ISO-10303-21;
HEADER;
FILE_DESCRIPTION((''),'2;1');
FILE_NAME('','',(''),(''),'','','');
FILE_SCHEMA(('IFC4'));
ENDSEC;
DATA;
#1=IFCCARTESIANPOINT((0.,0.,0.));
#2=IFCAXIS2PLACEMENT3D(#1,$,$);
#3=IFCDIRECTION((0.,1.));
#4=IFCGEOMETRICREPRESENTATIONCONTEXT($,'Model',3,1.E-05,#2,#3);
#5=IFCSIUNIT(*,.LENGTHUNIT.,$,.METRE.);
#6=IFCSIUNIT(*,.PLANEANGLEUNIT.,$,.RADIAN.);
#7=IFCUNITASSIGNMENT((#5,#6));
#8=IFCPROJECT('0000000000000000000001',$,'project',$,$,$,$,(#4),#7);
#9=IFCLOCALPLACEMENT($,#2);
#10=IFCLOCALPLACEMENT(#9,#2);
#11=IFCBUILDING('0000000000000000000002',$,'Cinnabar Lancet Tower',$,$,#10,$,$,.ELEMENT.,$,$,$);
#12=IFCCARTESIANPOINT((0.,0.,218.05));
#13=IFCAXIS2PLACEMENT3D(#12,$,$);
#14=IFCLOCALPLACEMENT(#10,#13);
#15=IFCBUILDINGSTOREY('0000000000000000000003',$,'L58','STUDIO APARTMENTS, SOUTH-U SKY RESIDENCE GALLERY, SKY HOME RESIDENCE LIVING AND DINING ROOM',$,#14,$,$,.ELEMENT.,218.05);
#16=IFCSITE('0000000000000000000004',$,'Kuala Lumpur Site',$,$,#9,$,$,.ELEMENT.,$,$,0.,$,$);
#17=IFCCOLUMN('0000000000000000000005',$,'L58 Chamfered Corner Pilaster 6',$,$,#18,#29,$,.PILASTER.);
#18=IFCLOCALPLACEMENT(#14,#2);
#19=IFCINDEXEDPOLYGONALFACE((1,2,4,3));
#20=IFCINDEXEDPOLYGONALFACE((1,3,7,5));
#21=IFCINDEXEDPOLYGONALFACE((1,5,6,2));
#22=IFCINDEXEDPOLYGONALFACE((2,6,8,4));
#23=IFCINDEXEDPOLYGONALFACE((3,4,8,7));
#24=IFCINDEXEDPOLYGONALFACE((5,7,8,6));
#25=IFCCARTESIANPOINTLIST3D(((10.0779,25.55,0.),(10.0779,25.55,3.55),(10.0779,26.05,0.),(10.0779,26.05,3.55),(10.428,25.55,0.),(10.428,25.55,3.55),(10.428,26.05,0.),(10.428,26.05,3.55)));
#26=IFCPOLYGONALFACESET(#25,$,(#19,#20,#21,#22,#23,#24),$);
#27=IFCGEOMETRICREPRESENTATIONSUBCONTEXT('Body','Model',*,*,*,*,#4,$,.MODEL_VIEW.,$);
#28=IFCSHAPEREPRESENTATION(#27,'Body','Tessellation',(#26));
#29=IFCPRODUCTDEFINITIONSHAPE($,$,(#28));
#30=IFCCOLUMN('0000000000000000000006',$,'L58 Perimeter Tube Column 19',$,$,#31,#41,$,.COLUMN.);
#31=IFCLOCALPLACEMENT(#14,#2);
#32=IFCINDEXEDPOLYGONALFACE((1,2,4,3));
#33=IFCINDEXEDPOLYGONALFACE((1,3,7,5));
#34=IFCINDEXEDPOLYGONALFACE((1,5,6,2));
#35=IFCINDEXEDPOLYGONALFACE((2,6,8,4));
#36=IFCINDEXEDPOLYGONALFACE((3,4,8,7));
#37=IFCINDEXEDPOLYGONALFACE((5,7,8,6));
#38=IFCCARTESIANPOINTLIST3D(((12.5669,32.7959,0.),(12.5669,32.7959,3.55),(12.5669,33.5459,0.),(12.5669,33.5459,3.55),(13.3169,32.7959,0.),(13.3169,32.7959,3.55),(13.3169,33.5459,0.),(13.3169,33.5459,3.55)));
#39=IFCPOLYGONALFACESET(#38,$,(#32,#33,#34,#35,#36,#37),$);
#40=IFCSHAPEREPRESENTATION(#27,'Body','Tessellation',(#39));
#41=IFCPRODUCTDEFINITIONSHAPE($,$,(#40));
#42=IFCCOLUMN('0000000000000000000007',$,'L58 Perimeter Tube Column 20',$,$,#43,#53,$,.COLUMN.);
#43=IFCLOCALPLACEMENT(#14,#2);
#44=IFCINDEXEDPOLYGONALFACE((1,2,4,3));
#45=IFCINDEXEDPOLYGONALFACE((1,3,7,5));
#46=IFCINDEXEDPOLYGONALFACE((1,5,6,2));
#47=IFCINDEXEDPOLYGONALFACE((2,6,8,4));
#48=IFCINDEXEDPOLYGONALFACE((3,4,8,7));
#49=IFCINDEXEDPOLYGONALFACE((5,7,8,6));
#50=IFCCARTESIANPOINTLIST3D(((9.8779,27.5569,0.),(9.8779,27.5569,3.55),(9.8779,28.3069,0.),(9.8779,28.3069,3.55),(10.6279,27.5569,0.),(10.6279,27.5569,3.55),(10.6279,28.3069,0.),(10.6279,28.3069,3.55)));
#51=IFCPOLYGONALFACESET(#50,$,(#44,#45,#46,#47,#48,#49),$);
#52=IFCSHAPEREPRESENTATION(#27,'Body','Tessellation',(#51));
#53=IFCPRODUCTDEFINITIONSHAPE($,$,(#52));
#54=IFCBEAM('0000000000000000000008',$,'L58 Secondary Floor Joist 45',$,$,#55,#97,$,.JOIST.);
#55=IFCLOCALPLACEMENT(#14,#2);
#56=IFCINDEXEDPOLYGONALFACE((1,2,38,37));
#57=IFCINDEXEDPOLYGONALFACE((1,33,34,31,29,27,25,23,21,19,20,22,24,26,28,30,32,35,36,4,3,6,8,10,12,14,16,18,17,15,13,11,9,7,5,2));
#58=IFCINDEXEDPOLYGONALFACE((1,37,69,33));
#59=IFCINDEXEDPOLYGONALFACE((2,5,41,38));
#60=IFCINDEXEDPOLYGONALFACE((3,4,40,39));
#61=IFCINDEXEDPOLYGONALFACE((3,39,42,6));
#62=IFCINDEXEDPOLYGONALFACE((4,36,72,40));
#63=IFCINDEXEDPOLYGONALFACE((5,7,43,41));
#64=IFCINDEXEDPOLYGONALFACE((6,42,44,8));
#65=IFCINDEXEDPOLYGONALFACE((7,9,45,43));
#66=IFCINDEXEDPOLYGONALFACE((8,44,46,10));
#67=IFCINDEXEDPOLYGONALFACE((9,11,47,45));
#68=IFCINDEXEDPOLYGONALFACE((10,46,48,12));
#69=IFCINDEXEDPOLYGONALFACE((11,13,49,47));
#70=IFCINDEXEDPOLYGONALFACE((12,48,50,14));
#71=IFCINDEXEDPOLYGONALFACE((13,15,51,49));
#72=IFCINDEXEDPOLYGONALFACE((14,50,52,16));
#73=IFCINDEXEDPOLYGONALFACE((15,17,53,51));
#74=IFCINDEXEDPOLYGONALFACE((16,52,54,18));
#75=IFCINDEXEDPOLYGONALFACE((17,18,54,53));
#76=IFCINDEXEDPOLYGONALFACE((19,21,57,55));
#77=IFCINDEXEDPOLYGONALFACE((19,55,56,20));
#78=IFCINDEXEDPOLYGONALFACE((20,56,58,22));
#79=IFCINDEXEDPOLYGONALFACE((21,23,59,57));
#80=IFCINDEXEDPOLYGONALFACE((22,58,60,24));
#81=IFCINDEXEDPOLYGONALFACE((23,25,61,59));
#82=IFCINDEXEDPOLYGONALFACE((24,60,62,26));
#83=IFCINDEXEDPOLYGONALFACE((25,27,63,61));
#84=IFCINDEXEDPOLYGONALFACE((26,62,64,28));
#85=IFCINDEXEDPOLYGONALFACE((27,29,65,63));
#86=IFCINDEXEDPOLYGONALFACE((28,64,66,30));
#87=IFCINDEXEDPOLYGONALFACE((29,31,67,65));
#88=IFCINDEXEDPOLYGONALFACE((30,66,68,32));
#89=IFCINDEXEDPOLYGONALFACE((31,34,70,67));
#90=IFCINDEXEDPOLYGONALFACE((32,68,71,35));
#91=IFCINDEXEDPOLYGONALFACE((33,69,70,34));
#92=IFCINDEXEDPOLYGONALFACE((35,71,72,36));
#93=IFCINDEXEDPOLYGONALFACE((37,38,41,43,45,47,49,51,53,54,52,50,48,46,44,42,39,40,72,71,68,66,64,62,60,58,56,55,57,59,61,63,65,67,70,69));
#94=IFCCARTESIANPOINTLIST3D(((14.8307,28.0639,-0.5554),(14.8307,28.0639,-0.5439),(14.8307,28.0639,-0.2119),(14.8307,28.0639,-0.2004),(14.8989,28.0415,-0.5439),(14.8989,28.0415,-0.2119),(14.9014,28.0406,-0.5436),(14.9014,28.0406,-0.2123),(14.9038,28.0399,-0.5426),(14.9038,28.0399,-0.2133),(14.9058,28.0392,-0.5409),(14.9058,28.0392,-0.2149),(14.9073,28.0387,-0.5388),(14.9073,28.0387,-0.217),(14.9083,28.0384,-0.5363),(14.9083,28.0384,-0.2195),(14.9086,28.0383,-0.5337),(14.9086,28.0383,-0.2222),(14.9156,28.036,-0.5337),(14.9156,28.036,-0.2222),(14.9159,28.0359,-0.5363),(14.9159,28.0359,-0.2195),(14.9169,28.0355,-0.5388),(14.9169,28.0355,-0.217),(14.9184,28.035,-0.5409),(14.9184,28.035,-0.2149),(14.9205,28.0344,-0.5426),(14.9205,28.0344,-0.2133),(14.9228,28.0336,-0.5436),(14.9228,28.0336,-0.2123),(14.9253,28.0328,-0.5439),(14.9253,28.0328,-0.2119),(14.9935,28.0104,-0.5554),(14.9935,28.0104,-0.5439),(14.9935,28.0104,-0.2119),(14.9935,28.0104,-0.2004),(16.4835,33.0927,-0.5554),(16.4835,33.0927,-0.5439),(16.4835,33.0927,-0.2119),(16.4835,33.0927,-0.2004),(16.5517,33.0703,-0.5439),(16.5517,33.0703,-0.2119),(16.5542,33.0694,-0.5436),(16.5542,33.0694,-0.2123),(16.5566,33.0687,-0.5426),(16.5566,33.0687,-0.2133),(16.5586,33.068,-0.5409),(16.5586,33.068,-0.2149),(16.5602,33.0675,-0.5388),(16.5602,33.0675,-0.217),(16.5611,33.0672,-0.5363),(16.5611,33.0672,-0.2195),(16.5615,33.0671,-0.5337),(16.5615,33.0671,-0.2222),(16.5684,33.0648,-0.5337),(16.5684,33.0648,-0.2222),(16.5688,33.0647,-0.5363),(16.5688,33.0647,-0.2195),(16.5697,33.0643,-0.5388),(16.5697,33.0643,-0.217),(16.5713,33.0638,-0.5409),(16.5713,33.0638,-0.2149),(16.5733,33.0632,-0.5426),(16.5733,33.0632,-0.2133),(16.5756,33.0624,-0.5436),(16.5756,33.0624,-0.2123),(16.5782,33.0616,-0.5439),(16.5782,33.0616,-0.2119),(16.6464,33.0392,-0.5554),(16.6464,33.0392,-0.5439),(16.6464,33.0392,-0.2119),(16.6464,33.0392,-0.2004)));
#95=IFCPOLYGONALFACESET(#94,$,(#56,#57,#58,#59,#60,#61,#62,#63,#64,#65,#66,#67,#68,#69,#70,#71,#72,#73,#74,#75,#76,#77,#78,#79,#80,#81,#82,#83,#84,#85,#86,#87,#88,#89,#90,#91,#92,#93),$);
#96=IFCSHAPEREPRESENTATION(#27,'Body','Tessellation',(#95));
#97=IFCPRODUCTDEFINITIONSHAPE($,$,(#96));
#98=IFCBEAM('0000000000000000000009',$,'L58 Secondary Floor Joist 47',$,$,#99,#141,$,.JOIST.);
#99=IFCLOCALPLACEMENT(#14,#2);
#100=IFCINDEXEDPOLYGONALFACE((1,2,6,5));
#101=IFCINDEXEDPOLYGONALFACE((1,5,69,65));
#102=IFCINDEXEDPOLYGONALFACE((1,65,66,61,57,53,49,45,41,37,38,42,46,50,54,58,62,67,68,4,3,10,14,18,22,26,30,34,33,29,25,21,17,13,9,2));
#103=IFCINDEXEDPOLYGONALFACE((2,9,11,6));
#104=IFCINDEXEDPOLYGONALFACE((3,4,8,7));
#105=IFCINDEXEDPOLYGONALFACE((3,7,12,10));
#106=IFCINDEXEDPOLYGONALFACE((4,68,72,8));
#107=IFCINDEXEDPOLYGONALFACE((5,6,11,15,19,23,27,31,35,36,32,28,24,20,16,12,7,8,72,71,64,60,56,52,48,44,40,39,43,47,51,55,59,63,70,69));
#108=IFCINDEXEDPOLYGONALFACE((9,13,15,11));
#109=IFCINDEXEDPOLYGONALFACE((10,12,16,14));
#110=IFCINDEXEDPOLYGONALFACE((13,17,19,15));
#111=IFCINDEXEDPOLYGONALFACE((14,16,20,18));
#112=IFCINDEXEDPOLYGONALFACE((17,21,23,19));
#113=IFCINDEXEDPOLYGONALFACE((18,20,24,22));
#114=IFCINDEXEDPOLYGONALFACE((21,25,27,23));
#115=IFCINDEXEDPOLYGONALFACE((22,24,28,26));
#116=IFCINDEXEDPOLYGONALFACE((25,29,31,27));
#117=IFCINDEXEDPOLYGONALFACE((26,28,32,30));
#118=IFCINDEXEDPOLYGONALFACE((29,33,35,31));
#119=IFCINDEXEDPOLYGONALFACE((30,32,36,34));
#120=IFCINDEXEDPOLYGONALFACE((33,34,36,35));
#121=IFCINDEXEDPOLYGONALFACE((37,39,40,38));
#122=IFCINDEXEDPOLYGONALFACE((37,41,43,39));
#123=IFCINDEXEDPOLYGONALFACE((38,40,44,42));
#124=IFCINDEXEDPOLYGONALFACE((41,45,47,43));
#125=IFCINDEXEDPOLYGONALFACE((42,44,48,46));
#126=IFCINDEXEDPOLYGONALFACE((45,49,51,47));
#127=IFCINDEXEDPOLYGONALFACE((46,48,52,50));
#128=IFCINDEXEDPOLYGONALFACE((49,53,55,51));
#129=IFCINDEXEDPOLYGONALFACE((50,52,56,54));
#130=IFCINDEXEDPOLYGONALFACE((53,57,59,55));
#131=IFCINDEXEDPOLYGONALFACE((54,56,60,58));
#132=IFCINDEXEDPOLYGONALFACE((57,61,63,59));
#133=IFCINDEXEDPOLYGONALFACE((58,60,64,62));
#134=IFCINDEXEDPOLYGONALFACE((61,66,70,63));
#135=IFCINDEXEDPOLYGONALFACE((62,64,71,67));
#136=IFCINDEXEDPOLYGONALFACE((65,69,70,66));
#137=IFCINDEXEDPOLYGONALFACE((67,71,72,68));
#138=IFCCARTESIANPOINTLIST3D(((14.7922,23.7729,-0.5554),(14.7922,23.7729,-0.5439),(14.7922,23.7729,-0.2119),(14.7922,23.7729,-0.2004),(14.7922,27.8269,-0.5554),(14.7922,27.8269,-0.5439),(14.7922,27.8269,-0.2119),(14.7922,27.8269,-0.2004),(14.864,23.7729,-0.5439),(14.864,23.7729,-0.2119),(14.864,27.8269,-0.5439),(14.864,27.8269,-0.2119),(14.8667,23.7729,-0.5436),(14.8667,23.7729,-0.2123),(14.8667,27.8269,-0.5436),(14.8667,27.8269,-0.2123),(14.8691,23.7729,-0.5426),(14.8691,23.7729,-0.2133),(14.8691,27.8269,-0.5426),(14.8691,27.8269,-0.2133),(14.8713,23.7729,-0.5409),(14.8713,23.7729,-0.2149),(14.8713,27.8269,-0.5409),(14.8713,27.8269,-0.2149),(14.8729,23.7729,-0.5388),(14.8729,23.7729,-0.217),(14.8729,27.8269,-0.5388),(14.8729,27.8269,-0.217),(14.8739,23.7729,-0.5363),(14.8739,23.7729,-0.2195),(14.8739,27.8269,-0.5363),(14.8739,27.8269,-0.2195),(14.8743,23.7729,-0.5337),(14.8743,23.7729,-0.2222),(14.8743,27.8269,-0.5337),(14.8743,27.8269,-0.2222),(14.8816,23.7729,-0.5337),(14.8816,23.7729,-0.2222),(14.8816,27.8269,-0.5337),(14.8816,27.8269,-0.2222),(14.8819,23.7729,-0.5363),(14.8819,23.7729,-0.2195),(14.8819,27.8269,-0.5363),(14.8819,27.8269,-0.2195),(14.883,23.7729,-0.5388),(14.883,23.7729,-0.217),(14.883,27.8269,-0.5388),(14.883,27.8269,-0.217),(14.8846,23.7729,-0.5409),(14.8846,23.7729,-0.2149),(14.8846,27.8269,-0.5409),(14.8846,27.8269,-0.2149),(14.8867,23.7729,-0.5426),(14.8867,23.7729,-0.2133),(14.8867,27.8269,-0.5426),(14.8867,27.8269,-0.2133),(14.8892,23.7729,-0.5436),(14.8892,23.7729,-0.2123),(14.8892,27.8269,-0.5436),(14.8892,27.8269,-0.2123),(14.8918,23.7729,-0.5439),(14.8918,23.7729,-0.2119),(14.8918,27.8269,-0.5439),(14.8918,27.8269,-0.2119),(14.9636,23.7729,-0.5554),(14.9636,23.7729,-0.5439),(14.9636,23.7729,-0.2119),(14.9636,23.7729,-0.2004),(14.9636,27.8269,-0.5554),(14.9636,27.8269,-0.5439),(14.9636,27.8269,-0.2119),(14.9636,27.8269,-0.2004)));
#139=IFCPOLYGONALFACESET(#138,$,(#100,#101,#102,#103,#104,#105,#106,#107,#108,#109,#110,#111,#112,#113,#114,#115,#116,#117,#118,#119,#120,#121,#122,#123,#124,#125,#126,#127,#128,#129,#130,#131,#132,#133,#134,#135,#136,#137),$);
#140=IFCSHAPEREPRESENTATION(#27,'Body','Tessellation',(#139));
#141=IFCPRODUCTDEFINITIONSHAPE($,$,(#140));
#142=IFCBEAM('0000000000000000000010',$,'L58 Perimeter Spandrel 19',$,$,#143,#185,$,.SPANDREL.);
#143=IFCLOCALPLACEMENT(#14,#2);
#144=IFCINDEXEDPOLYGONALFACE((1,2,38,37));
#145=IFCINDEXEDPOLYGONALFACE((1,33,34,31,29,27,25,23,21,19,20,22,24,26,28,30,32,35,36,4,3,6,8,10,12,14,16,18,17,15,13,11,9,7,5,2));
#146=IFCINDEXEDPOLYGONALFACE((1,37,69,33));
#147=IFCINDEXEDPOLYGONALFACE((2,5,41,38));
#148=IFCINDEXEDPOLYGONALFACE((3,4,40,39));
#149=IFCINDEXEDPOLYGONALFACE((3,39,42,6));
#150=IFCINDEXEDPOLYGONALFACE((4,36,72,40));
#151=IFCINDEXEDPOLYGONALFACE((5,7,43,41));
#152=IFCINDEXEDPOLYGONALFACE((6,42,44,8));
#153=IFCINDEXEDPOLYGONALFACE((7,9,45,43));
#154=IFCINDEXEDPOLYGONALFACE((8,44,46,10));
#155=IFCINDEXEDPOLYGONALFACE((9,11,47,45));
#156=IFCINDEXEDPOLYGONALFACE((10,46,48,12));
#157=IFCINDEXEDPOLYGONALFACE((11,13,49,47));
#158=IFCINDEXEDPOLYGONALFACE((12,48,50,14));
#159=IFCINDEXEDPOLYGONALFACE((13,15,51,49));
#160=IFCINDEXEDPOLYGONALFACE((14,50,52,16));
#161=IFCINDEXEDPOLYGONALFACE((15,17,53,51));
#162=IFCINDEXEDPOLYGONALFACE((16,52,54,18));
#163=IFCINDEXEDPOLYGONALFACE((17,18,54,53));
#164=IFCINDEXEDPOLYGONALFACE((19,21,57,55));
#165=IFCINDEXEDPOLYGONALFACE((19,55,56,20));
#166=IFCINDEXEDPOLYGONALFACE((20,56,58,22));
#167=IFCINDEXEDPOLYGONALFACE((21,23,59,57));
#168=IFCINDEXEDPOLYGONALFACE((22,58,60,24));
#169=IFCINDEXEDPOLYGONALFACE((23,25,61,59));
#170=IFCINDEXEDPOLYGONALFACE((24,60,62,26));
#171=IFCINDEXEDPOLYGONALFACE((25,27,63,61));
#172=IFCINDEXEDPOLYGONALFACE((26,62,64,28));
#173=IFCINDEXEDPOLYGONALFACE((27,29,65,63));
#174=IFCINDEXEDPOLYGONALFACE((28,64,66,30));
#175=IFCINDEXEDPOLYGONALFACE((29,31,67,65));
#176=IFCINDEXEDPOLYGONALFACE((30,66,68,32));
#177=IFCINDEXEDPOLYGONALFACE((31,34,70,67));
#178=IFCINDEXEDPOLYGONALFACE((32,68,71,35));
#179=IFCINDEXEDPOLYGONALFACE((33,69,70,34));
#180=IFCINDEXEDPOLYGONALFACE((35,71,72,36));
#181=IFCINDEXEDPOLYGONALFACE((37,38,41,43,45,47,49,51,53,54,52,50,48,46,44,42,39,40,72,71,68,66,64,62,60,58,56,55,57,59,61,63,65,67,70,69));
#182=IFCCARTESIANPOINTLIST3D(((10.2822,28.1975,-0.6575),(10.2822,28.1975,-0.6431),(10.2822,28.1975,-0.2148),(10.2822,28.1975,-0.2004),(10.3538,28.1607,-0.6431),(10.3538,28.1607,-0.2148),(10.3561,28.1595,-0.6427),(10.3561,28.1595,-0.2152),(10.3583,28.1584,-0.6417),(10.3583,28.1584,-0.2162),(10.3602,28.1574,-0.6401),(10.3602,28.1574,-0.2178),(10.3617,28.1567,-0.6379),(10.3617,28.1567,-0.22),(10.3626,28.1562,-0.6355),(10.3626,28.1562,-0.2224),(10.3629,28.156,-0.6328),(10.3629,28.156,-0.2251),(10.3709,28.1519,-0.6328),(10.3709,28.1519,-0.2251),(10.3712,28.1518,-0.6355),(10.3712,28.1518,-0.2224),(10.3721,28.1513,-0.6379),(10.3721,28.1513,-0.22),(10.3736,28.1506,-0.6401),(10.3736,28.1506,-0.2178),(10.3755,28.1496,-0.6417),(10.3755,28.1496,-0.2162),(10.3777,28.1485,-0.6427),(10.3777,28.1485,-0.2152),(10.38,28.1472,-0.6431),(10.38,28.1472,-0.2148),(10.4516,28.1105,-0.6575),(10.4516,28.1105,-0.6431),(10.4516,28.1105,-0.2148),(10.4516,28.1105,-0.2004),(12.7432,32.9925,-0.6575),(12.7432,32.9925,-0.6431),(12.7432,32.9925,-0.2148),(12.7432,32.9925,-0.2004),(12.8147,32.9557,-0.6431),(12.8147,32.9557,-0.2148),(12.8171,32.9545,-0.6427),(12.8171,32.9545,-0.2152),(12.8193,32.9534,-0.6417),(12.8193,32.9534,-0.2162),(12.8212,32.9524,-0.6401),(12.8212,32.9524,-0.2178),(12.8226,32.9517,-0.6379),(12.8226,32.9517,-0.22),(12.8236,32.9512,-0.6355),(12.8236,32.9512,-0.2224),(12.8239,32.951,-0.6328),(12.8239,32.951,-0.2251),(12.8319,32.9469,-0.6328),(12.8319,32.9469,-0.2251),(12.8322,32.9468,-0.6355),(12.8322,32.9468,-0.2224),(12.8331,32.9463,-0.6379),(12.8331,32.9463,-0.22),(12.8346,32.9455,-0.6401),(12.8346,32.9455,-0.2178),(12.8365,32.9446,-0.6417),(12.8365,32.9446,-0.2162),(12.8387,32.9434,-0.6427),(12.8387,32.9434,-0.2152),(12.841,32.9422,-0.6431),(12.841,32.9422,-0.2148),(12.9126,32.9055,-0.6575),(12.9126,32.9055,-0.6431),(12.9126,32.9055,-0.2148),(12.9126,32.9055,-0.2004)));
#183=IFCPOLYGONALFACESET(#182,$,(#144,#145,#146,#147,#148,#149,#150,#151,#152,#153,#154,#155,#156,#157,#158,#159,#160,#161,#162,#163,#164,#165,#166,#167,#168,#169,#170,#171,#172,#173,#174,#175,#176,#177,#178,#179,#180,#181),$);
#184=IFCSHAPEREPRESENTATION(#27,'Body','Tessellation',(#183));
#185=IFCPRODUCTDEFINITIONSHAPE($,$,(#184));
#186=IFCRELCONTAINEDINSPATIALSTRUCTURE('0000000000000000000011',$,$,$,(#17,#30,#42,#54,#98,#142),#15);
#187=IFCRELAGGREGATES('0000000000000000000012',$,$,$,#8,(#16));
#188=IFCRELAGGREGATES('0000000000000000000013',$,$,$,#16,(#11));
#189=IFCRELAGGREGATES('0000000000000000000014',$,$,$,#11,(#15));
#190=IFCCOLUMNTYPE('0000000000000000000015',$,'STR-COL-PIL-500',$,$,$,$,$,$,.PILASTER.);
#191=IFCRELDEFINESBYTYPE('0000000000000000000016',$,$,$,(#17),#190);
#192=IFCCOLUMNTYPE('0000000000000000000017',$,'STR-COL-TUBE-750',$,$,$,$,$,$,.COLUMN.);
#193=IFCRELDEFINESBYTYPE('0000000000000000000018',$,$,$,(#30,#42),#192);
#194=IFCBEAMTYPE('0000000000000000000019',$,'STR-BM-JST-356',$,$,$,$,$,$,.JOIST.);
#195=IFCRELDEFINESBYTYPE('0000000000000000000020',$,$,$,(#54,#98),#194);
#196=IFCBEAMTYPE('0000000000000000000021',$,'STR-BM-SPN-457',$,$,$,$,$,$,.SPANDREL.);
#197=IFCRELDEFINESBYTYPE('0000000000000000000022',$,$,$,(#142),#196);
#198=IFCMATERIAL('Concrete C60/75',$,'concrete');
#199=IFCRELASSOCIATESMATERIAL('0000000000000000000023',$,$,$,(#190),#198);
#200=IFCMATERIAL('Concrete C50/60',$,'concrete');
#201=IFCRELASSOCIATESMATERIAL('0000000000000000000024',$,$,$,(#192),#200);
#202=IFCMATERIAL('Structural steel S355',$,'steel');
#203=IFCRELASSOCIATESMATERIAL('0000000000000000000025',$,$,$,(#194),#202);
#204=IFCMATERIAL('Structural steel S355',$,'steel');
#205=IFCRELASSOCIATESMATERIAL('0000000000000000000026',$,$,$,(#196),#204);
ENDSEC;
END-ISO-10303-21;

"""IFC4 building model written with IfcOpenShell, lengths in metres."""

from ifc_helpers import new_model, si_unit, direction, frame, origin, origin_2d, place, context, subcontext, project, spatial, rectangle, i_section, extrude, material, material_profile, profile_set, type_object, element, save


model = new_model("IFC4")

# Units and contexts
model_context = context("Model", 3, precision=1e-05, world=origin(), true_north=direction((0.0, 1.0)))
body_context = subcontext(model_context, "Body", "Model", "MODEL_VIEW")
ifc_project = project(units=[si_unit("LENGTHUNIT", "METRE"), si_unit("PLANEANGLEUNIT", "RADIAN")], contexts=[model_context])

# Site, building, storey
site_placement = place(None, origin())
site = spatial("IfcSite", under=ifc_project, at=site_placement, Name="Kuala Lumpur Site", CompositionType="ELEMENT", RefElevation=0.0)
building_placement = place(site_placement, origin())
building = spatial("IfcBuilding", under=site, at=building_placement, Name="Cinnabar Lancet Tower", CompositionType="ELEMENT")
storey_placement = place(building_placement, frame((0.0, 0.0, 218.05)))
storey = spatial("IfcBuildingStorey", under=building, at=storey_placement, Name="L58", Description="STUDIO APARTMENTS, SOUTH-U SKY RESIDENCE GALLERY, SKY HOME RESIDENCE LIVING AND DINING ROOM", CompositionType="ELEMENT", Elevation=218.05)

# Columns
ifc_material_1 = material(Name="Concrete C60/75", Category="concrete")
ifc_material_profile_1 = material_profile(ifc_material_1, rectangle(XDim=0.5, YDim=0.3501, at=origin_2d()), Name="RC-PIL 500x350")
ifc_profile_set_1 = profile_set([ifc_material_profile_1], Name="Concrete C60/75")
column_type_1 = type_object("IfcColumnType", Name="STR-COL-PIL-500", PredefinedType="PILASTER", material=ifc_profile_set_1)
column_placement = place(storey_placement, frame((10.2529, 25.8, 0.0), z_axis=(0.0, 0.0, 1.0), x_axis=(0.0, -1.0, 0.0)))
element("IfcColumn", 1, at=column_placement, inside=storey, type_object=column_type_1, Name="L58 Chamfered Corner Pilaster 6", PredefinedType="PILASTER", context=body_context, shape_type="SweptSolid", body=[
    extrude(rectangle(XDim=0.5, YDim=0.3501, at=origin_2d()), origin(), (0.0, 0.0, 1.0), 3.55),
])
ifc_material_2 = material(Name="Concrete C50/60", Category="concrete")
ifc_material_profile_2 = material_profile(ifc_material_2, rectangle(XDim=0.75, YDim=0.75, at=origin_2d()), Name="RC-COL 750x750")
ifc_profile_set_2 = profile_set([ifc_material_profile_2], Name="Concrete C50/60")
column_type_2 = type_object("IfcColumnType", Name="STR-COL-TUBE-750", PredefinedType="COLUMN", material=ifc_profile_set_2)
for number, where, z_axis, x_axis, name in (
    (2, (12.9419, 33.1709, 0.0), (0.0, 0.0, 1.0), (1.0, 0.0, 0.0), "L58 Perimeter Tube Column 19"),
    (3, (10.2529, 27.9319, 0.0), (0.0, 0.0, 1.0), (1.0, 0.0, 0.0), "L58 Perimeter Tube Column 20"),
):
    element("IfcColumn", number, at=place(storey_placement, frame(where, z_axis=z_axis, x_axis=x_axis)), inside=storey, type_object=column_type_2, Name=name, PredefinedType="COLUMN", context=body_context, shape_type="SweptSolid", body=[
        extrude(rectangle(XDim=0.75, YDim=0.75, at=origin_2d()), origin(), (0.0, 0.0, 1.0), 3.55),
    ])

# Beams
ifc_material_3 = material(Name="Structural steel S355", Category="steel")
ifc_material_profile_3 = material_profile(ifc_material_3, i_section(OverallWidth=0.1714, OverallDepth=0.355, WebThickness=0.0073, FlangeThickness=0.0115, FilletRadius=0.0103, at=origin_2d()), Name="UKB 356x171x51")
ifc_profile_set_3 = profile_set([ifc_material_profile_3], Name="Structural steel S355")
beam_type_1 = type_object("IfcBeamType", Name="STR-BM-JST-356", PredefinedType="JOIST", material=ifc_profile_set_3)
beam_1_placement = place(storey_placement, frame((16.5649, 33.0659, -0.3779), z_axis=(-0.31224, -0.950003, 0.0), x_axis=(0.950003, -0.31224, 0.0)))
element("IfcBeam", 4, at=beam_1_placement, inside=storey, type_object=beam_type_1, Name="L58 Secondary Floor Joist 45", PredefinedType="JOIST", context=body_context, shape_type="SweptSolid", body=[
    extrude(i_section(OverallWidth=0.1714, OverallDepth=0.355, WebThickness=0.0073, FlangeThickness=0.0115, FilletRadius=0.0103, at=origin_2d()), origin(), (0.0, 0.0, 1.0), 5.2935),
])
beam_2_placement = place(storey_placement, frame((14.8779, 27.8269, -0.3779), z_axis=(0.0, -1.0, 0.0), x_axis=(1.0, 0.0, 0.0)))
element("IfcBeam", 5, at=beam_2_placement, inside=storey, type_object=beam_type_1, Name="L58 Secondary Floor Joist 47", PredefinedType="JOIST", context=body_context, shape_type="SweptSolid", body=[
    extrude(i_section(OverallWidth=0.1714, OverallDepth=0.355, WebThickness=0.0073, FlangeThickness=0.0115, FilletRadius=0.0103, at=origin_2d()), origin(), (0.0, 0.0, 1.0), 4.054),
])
ifc_material_4 = material(Name="Structural steel S355", Category="steel")
ifc_material_profile_4 = material_profile(ifc_material_4, i_section(OverallWidth=0.1904, OverallDepth=0.457, WebThickness=0.009, FlangeThickness=0.0144, FilletRadius=0.0103, at=origin_2d()), Name="UKB 457x191x74")
ifc_profile_set_4 = profile_set([ifc_material_profile_4], Name="Structural steel S355")
beam_type_2 = type_object("IfcBeamType", Name="STR-BM-SPN-457", PredefinedType="SPANDREL", material=ifc_profile_set_4)
beam_3_placement = place(storey_placement, frame((12.8279, 32.949, -0.429), z_axis=(-0.456611, -0.889666, 0.0), x_axis=(0.889666, -0.456611, 0.0)))
element("IfcBeam", 6, at=beam_3_placement, inside=storey, type_object=beam_type_2, Name="L58 Perimeter Spandrel 19", PredefinedType="SPANDREL", context=body_context, shape_type="SweptSolid", body=[
    extrude(i_section(OverallWidth=0.1904, OverallDepth=0.457, WebThickness=0.009, FlangeThickness=0.0144, FilletRadius=0.0103, at=origin_2d()), origin(), (0.0, 0.0, 1.0), 5.3896),
])

save(model, "model.ifc")
